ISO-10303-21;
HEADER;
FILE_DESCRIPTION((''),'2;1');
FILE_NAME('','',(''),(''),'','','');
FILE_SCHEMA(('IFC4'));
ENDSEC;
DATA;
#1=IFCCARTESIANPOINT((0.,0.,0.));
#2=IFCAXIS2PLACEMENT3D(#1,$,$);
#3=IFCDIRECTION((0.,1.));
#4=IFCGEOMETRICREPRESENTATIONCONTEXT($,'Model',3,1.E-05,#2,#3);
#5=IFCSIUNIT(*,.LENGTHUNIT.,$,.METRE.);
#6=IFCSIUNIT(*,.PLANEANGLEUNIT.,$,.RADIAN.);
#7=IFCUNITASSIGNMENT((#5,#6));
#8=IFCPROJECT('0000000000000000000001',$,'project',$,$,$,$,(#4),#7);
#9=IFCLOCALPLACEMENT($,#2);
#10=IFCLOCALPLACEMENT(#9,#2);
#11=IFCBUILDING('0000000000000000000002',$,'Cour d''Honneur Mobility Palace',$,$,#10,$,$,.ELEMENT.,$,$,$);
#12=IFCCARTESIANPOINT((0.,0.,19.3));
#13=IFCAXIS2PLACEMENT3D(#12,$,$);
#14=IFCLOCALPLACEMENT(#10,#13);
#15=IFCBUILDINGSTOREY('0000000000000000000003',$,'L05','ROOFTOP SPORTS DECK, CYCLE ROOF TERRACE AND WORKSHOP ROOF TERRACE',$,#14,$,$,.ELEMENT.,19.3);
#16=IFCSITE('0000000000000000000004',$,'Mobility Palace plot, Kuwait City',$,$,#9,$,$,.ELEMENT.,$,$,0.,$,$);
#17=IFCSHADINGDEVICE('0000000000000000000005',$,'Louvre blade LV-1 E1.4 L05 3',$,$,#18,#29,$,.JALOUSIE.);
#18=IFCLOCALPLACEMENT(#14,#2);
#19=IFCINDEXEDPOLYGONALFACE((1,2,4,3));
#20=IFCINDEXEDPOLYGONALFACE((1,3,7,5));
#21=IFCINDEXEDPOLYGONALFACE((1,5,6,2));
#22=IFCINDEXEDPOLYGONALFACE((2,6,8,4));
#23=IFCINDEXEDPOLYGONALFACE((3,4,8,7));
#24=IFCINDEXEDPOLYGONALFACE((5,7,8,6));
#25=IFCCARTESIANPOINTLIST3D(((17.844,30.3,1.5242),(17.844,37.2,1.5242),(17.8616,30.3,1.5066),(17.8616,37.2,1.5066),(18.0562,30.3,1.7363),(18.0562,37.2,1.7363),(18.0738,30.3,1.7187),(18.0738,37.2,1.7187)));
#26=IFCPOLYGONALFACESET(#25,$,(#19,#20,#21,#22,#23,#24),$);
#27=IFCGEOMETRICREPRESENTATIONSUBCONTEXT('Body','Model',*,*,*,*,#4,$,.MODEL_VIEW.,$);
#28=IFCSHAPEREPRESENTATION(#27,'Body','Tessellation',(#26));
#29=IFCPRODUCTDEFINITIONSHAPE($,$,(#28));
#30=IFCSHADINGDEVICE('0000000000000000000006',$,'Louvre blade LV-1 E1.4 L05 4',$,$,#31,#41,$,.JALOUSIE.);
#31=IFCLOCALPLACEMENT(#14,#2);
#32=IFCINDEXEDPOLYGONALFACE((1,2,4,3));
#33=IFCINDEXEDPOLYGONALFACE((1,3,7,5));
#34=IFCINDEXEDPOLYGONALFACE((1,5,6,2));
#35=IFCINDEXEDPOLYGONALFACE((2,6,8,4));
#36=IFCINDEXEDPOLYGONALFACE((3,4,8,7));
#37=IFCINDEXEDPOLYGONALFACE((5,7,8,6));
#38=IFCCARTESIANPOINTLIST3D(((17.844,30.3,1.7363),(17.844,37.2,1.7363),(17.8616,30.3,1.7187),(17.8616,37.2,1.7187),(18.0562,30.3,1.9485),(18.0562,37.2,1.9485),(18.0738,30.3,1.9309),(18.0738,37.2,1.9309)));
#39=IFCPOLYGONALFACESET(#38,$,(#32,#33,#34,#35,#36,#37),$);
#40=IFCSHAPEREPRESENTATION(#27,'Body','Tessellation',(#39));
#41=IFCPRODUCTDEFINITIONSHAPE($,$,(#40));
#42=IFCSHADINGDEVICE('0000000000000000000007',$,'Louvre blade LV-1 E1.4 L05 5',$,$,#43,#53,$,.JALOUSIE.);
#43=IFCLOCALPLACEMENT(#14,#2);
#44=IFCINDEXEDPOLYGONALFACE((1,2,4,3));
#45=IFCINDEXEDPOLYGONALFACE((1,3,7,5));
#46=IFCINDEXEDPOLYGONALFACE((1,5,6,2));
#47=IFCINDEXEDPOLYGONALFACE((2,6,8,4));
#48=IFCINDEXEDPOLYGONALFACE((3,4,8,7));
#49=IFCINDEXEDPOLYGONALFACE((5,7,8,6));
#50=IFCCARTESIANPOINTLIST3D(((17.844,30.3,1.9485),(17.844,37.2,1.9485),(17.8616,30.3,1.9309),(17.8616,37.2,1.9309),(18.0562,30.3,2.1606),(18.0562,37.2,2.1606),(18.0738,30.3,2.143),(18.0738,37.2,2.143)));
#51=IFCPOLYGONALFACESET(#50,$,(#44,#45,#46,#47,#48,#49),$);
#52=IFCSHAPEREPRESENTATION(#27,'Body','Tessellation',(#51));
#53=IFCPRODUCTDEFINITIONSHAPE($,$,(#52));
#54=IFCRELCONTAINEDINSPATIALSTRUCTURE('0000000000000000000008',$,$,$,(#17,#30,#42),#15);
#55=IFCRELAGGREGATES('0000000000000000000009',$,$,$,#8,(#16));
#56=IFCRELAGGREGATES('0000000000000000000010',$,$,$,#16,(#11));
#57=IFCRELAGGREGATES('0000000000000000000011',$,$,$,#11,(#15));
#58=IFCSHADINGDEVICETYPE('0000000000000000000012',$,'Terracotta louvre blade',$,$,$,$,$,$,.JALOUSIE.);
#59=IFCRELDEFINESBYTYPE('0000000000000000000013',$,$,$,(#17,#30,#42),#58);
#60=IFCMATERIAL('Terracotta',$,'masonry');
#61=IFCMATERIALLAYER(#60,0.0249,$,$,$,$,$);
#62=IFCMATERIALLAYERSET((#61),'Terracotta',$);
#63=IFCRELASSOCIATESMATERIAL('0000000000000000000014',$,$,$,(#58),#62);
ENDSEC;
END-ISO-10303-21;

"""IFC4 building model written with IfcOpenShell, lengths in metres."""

from ifc_helpers import new_model, si_unit, direction, frame, origin, place, context, subcontext, project, spatial, polyline, outline, extrude, material, layer, layer_set, type_object, element, save


model = new_model("IFC4")

# Units and contexts
model_context = context("Model", 3, precision=1e-05, world=origin(), true_north=direction((0.0, 1.0)))
body_context = subcontext(model_context, "Body", "Model", "MODEL_VIEW")
ifc_project = project(units=[si_unit("LENGTHUNIT", "METRE"), si_unit("PLANEANGLEUNIT", "RADIAN")], contexts=[model_context])

# Site, building, storey
site_placement = place(None, origin())
site = spatial("IfcSite", under=ifc_project, at=site_placement, Name="Mobility Palace plot, Kuwait City", CompositionType="ELEMENT", RefElevation=0.0)
building_placement = place(site_placement, origin())
building = spatial("IfcBuilding", under=site, at=building_placement, Name="Cour d'Honneur Mobility Palace", CompositionType="ELEMENT")
storey_placement = place(building_placement, frame((0.0, 0.0, 19.3)))
storey = spatial("IfcBuildingStorey", under=building, at=storey_placement, Name="L05", Description="ROOFTOP SPORTS DECK, CYCLE ROOF TERRACE AND WORKSHOP ROOF TERRACE", CompositionType="ELEMENT", Elevation=19.3)

# Shading devices
ifc_material_1 = material(Name="Terracotta", Category="masonry")
ifc_layer_1 = layer(ifc_material_1, 0.0249)
ifc_layer_set_1 = layer_set([ifc_layer_1], Name="Terracotta")
shading_device_type = type_object("IfcShadingDeviceType", Name="Terracotta louvre blade", PredefinedType="JALOUSIE", material=ifc_layer_set_1)
for number, where, z_axis, x_axis, name in (
    (1, (17.844, 30.3, 1.5242), (-0.707107, 0.0, 0.707107), (0.0, 1.0, 0.0), "Louvre blade LV-1 E1.4 L05 3"),
    (2, (17.844, 30.3, 1.7363), (-0.707107, 0.0, 0.707107), (0.0, 1.0, 0.0), "Louvre blade LV-1 E1.4 L05 4"),
    (3, (17.844, 30.3, 1.9485), (-0.707107, 0.0, 0.707107), (0.0, 1.0, 0.0), "Louvre blade LV-1 E1.4 L05 5"),
):
    element("IfcShadingDevice", number, at=place(storey_placement, frame(where, z_axis=z_axis, x_axis=x_axis)), inside=storey, type_object=shading_device_type, Name=name, PredefinedType="JALOUSIE", context=body_context, shape_type="SweptSolid", body=[
        extrude(outline(polyline([(0.0, 0.0), (6.8999, 0.0), (6.8999, -0.3), (0.0, -0.3), (0.0, 0.0)])), origin(), (0.0, 0.0, -1.0), 0.0249),
    ])

save(model, "model.ifc")
